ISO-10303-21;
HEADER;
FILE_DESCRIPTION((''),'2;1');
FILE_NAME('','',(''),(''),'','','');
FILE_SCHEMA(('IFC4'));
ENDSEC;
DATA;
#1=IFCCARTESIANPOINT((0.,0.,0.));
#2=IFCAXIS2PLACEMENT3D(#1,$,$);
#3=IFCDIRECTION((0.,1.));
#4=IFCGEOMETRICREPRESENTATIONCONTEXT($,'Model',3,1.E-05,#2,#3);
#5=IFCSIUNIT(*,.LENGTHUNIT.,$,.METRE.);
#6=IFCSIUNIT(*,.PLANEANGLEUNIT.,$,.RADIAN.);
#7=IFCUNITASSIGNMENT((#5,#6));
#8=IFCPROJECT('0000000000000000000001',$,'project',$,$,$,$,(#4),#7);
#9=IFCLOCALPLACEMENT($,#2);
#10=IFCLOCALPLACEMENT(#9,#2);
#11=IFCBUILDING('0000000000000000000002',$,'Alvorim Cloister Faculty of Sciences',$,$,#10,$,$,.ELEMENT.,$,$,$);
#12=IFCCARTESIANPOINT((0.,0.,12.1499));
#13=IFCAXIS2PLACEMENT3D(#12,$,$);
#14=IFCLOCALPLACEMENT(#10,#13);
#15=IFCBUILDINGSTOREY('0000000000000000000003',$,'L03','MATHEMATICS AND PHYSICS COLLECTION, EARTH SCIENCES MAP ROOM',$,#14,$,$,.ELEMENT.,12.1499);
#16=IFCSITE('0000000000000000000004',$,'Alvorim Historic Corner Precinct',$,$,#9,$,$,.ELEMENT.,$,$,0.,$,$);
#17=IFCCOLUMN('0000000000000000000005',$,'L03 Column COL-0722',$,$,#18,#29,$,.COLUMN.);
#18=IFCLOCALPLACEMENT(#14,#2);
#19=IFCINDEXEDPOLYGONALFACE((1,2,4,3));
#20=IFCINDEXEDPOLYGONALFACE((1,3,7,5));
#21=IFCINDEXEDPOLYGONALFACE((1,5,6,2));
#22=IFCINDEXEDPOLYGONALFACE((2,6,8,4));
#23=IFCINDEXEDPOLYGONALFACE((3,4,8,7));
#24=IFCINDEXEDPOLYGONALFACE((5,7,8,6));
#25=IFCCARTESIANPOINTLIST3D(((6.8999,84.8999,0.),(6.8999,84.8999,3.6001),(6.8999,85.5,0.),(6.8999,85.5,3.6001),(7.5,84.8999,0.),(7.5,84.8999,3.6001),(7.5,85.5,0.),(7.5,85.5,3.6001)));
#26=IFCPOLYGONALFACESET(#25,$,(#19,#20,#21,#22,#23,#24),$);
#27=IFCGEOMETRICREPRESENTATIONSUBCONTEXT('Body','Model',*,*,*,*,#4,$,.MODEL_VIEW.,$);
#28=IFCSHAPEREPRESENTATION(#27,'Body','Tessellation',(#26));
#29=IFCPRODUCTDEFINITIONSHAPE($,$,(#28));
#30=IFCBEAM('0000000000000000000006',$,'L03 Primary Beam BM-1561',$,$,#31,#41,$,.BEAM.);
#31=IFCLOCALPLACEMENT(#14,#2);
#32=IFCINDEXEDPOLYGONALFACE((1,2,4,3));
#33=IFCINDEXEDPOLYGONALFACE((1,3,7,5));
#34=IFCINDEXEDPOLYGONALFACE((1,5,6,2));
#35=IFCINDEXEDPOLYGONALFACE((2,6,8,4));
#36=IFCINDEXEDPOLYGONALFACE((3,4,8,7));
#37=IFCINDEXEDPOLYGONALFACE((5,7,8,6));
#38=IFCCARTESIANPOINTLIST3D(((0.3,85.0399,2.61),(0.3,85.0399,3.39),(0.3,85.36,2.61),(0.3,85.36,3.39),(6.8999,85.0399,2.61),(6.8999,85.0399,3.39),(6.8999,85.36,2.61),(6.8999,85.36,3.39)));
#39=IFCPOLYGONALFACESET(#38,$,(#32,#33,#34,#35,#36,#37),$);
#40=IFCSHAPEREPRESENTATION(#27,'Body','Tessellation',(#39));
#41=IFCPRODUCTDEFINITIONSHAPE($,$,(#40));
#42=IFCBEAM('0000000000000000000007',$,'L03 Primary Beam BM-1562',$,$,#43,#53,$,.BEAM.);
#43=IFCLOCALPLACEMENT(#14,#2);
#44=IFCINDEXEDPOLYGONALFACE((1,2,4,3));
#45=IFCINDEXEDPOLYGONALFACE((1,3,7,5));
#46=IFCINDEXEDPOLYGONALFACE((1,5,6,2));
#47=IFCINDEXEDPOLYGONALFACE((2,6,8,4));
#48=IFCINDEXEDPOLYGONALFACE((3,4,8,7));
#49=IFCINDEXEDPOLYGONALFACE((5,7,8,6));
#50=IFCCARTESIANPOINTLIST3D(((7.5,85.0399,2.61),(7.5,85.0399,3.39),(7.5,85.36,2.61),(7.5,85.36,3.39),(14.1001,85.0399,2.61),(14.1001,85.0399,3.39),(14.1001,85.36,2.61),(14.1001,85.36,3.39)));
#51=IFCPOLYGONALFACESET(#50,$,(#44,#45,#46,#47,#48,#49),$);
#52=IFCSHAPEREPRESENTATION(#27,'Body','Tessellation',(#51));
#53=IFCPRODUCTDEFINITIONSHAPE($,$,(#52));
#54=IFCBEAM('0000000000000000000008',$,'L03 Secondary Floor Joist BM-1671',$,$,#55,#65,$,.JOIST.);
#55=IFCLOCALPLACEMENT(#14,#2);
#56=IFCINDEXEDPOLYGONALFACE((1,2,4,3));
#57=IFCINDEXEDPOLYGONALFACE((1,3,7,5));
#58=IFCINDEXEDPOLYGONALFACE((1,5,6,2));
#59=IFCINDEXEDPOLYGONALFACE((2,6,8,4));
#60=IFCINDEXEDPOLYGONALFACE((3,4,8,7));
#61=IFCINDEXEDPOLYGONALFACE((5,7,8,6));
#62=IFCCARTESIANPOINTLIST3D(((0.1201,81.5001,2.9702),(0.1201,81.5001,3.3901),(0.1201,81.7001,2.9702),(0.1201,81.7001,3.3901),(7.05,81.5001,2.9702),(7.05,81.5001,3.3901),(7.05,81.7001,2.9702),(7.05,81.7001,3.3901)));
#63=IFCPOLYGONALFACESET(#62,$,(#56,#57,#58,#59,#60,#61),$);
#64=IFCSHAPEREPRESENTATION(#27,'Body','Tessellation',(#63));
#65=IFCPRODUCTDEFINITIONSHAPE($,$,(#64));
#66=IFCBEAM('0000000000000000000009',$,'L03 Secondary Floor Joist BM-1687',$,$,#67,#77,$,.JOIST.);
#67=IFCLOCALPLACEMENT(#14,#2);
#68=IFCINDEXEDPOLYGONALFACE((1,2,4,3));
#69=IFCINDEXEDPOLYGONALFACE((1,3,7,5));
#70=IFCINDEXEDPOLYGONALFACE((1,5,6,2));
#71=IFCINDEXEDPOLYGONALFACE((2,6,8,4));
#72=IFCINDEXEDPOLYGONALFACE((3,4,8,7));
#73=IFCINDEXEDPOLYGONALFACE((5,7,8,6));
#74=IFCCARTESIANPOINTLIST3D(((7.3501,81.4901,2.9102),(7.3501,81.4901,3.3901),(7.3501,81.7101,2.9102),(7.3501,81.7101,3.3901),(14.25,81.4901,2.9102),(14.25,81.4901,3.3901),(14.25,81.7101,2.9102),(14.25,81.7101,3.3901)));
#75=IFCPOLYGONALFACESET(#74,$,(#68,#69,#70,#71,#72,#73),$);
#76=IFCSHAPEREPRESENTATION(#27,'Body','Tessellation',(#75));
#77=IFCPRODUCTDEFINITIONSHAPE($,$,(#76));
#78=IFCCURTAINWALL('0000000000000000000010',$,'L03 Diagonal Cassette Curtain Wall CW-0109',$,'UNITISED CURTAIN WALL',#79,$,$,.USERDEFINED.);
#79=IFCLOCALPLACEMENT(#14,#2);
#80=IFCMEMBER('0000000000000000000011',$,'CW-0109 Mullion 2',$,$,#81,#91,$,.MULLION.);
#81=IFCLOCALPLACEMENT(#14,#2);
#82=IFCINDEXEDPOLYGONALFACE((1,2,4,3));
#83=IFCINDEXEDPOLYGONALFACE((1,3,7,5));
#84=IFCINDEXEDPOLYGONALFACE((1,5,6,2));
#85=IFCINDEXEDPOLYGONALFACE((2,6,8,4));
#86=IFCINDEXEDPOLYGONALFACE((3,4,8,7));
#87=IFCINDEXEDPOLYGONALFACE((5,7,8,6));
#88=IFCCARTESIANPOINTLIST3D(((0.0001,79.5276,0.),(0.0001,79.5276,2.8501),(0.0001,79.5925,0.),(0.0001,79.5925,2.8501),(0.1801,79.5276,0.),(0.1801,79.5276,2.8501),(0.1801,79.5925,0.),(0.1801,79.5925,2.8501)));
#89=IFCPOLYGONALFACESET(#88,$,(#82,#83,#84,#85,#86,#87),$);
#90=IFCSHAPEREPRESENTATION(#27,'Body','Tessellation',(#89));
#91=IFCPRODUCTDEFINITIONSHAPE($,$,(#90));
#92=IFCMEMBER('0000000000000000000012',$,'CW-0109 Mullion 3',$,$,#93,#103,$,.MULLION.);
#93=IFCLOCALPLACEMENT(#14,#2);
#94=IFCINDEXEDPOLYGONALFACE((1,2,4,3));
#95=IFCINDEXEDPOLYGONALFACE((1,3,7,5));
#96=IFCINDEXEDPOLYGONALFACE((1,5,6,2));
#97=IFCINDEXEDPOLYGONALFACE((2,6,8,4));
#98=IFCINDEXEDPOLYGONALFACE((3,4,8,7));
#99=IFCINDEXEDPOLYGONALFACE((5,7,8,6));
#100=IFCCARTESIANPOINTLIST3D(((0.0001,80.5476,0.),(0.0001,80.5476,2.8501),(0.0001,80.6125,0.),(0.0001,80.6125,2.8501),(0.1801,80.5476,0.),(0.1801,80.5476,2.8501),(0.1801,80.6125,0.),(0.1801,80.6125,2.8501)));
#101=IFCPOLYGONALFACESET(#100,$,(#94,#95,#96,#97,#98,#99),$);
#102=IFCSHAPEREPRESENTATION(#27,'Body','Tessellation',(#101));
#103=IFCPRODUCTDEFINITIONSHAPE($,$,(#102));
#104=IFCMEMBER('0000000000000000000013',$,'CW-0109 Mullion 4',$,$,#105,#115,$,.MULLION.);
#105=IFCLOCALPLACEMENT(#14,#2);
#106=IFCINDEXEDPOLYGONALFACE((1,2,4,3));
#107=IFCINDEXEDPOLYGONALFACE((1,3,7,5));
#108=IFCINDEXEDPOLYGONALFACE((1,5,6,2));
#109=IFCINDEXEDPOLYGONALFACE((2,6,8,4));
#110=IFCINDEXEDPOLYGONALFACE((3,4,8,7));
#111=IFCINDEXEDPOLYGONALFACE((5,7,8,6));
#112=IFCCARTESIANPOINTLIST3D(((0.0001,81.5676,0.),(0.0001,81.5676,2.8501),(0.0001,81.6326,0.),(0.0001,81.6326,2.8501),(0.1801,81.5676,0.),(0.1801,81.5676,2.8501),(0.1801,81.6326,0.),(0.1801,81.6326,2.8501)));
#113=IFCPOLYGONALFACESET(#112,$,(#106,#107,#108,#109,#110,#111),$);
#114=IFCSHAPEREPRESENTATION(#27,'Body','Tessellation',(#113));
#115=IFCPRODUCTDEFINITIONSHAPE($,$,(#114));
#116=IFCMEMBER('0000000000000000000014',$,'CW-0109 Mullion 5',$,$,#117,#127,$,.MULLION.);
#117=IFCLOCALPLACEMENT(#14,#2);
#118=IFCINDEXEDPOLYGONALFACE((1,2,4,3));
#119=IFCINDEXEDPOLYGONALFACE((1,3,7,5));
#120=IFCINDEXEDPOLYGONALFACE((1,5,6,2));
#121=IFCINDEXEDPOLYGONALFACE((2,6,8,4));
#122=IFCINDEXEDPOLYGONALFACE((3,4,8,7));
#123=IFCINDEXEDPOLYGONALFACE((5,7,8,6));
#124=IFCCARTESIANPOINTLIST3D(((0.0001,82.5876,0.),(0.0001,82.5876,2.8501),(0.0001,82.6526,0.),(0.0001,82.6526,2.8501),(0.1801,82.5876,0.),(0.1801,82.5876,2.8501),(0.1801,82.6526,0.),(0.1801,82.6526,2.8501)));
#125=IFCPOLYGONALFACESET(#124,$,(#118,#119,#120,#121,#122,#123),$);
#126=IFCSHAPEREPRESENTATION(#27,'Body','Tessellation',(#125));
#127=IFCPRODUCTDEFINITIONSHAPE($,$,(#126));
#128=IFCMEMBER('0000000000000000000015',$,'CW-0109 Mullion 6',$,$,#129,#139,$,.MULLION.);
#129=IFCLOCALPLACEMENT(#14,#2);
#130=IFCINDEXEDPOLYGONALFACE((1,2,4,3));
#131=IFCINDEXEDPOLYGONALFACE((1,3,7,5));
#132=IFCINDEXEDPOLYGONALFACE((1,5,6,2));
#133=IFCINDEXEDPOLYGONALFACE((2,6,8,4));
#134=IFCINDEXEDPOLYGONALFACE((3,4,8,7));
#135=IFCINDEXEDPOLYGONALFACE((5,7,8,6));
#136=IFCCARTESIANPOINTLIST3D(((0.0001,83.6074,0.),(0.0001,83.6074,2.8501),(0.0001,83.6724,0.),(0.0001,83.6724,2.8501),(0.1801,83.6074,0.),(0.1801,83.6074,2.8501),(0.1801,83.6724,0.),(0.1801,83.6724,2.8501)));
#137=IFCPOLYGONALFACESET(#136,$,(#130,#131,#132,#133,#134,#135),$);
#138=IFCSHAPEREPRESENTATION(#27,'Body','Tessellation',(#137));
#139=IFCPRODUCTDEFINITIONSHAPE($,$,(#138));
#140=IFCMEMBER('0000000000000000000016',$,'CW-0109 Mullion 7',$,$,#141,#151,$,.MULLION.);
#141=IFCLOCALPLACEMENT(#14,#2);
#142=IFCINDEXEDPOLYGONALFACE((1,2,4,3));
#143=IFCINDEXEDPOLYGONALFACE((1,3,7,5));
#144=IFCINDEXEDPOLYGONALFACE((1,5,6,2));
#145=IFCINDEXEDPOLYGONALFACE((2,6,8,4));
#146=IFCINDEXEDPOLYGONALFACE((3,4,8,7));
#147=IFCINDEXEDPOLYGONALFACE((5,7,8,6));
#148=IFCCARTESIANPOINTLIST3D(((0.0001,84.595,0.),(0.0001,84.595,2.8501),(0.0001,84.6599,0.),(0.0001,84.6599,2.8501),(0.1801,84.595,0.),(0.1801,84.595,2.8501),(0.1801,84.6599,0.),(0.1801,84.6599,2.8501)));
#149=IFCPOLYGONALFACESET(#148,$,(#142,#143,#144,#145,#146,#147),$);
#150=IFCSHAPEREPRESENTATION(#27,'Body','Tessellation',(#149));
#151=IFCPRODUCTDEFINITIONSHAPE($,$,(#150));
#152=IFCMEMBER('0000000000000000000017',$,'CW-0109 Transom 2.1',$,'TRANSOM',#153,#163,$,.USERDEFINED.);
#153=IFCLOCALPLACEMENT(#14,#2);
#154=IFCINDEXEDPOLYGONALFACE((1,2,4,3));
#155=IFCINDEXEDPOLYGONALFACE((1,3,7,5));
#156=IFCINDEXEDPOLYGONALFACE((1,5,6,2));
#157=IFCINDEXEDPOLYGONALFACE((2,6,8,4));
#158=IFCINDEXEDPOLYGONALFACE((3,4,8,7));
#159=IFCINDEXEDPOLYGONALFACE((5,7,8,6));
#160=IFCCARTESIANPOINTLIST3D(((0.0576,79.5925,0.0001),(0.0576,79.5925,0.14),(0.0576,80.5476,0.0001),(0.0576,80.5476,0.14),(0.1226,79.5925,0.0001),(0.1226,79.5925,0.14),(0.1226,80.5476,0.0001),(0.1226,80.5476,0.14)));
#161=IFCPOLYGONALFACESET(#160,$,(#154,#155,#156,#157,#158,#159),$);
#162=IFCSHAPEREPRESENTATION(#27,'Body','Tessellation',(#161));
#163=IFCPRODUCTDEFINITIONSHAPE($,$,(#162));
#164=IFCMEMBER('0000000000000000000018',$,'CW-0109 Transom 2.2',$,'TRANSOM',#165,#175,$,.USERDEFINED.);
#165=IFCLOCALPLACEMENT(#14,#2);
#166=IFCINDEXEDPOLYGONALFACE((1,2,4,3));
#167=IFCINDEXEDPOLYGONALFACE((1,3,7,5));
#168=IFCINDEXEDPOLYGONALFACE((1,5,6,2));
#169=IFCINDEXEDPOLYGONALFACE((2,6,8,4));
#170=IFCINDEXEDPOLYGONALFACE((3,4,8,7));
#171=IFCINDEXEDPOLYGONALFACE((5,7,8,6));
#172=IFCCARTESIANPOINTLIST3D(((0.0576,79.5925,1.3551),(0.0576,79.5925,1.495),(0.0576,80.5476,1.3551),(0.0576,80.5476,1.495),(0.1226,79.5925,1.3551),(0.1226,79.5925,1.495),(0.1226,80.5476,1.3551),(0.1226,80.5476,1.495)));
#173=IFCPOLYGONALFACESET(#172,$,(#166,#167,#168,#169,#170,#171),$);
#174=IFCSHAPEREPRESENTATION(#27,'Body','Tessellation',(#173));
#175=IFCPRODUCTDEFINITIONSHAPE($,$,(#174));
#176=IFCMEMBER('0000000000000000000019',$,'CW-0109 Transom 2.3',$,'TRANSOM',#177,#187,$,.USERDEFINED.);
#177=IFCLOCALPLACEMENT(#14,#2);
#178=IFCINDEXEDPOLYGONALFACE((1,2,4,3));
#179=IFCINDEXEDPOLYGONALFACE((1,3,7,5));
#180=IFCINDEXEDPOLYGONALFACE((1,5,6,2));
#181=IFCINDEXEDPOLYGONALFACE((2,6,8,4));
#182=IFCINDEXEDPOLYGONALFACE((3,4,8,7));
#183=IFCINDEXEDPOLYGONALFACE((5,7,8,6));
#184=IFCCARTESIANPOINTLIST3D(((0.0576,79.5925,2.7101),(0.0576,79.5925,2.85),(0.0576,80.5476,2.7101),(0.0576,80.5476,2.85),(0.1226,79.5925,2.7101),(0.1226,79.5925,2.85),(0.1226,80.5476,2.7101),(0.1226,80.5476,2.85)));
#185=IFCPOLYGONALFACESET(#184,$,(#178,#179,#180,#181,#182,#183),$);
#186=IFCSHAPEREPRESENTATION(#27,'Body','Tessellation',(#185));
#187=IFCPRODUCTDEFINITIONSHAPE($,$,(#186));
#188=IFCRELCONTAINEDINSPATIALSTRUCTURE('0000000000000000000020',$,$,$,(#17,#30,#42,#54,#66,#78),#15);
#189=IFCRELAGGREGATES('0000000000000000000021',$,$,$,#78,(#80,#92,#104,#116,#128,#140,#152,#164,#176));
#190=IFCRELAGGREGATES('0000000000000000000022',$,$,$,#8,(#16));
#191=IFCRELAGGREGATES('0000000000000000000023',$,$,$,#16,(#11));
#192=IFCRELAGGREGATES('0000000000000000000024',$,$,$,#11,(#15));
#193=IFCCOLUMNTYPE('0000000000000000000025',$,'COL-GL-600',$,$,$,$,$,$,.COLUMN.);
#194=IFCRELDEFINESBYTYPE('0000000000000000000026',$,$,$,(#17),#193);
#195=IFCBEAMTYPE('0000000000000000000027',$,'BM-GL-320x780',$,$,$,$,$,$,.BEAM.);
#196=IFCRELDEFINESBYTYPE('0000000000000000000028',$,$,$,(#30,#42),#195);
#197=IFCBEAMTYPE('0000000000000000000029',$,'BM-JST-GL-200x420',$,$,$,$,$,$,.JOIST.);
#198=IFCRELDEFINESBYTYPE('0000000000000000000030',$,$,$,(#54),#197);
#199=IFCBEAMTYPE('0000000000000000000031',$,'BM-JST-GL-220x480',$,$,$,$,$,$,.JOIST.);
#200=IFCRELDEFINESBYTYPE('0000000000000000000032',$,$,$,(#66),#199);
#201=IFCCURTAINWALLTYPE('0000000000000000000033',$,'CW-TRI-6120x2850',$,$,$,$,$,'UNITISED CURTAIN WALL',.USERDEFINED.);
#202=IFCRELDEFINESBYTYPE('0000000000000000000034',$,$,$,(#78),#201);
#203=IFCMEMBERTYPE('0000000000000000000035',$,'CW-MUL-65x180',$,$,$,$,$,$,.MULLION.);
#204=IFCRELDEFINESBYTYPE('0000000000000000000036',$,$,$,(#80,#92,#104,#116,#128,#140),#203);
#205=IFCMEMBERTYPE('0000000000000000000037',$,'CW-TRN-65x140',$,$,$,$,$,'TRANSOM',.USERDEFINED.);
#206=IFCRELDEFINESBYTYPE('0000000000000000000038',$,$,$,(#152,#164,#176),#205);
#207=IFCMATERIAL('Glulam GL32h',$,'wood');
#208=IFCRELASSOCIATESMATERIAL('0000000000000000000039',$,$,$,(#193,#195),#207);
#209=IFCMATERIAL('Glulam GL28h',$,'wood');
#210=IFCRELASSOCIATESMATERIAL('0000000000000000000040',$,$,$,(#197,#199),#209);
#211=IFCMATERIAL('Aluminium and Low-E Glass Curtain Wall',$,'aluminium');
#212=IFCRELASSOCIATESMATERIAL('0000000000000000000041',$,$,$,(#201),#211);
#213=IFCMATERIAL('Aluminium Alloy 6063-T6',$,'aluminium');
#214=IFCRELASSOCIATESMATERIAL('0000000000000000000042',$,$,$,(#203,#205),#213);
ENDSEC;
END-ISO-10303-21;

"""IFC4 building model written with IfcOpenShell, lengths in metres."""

from ifc_helpers import new_model, si_unit, direction, frame, origin, origin_2d, place, context, subcontext, project, spatial, rectangle, extrude, material, material_profile, profile_set, type_object, element, aggregate, save


model = new_model("IFC4")

# Units and contexts
model_context = context("Model", 3, precision=1e-05, world=origin(), true_north=direction((0.0, 1.0)))
body_context = subcontext(model_context, "Body", "Model", "MODEL_VIEW")
ifc_project = project(units=[si_unit("LENGTHUNIT", "METRE"), si_unit("PLANEANGLEUNIT", "RADIAN")], contexts=[model_context])

# Site, building, storey
site_placement = place(None, origin())
site = spatial("IfcSite", under=ifc_project, at=site_placement, Name="Alvorim Historic Corner Precinct", CompositionType="ELEMENT", RefElevation=0.0)
building_placement = place(site_placement, origin())
building = spatial("IfcBuilding", under=site, at=building_placement, Name="Alvorim Cloister Faculty of Sciences", CompositionType="ELEMENT")
storey_placement = place(building_placement, frame((0.0, 0.0, 12.1499)))
storey = spatial("IfcBuildingStorey", under=building, at=storey_placement, Name="L03", Description="MATHEMATICS AND PHYSICS COLLECTION, EARTH SCIENCES MAP ROOM", CompositionType="ELEMENT", Elevation=12.1499)

# Column
ifc_material_1 = material(Name="Glulam GL32h", Category="wood")
ifc_material_profile_1 = material_profile(ifc_material_1, rectangle(XDim=0.6001, YDim=0.6001, at=origin_2d()), Name="GL32-COL-600x600")
ifc_profile_set_1 = profile_set([ifc_material_profile_1], Name="Glulam GL32h")
column_type = type_object("IfcColumnType", Name="COL-GL-600", PredefinedType="COLUMN", material=ifc_profile_set_1)
column_placement = place(storey_placement, frame((7.2, 85.2, 0.0), z_axis=(0.0, 0.0, 1.0), x_axis=(1.0, 0.0, 0.0)))
element("IfcColumn", 1, at=column_placement, inside=storey, type_object=column_type, Name="L03 Column COL-0722", PredefinedType="COLUMN", context=body_context, shape_type="SweptSolid", body=[
    extrude(rectangle(XDim=0.6001, YDim=0.6001, at=origin_2d()), origin(), (0.0, 0.0, 1.0), 3.6001),
])

# Beams
ifc_material_profile_2 = material_profile(ifc_material_1, rectangle(XDim=0.3201, YDim=0.78, at=origin_2d()), Name="GL32-BM-320x780")
ifc_profile_set_2 = profile_set([ifc_material_profile_2], Name="Glulam GL32h")
beam_type_1 = type_object("IfcBeamType", Name="BM-GL-320x780", PredefinedType="BEAM", material=ifc_profile_set_2)
beam_1_placement = place(storey_placement, frame((0.3, 85.2, 3.0), z_axis=(1.0, 0.0, 0.0), x_axis=(0.0, 1.0, 0.0)))
element("IfcBeam", 2, at=beam_1_placement, inside=storey, type_object=beam_type_1, Name="L03 Primary Beam BM-1561", PredefinedType="BEAM", context=body_context, shape_type="SweptSolid", body=[
    extrude(rectangle(XDim=0.3201, YDim=0.78, at=origin_2d()), origin(), (0.0, 0.0, 1.0), 6.5999),
])
beam_2_placement = place(storey_placement, frame((7.5, 85.2, 3.0), z_axis=(1.0, 0.0, 0.0), x_axis=(0.0, 1.0, 0.0)))
element("IfcBeam", 3, at=beam_2_placement, inside=storey, type_object=beam_type_1, Name="L03 Primary Beam BM-1562", PredefinedType="BEAM", context=body_context, shape_type="SweptSolid", body=[
    extrude(rectangle(XDim=0.3201, YDim=0.78, at=origin_2d()), origin(), (0.0, 0.0, 1.0), 6.6001),
])
ifc_material_2 = material(Name="Glulam GL28h", Category="wood")
ifc_material_profile_3 = material_profile(ifc_material_2, rectangle(XDim=0.2, YDim=0.4199, at=origin_2d()), Name="GL28-JST-200x420")
ifc_profile_set_3 = profile_set([ifc_material_profile_3], Name="Glulam GL28h")
beam_type_2 = type_object("IfcBeamType", Name="BM-JST-GL-200x420", PredefinedType="JOIST", material=ifc_profile_set_3)
beam_3_placement = place(storey_placement, frame((0.1201, 81.6001, 3.1802), z_axis=(1.0, 0.0, 0.0), x_axis=(0.0, 1.0, 0.0)))
element("IfcBeam", 4, at=beam_3_placement, inside=storey, type_object=beam_type_2, Name="L03 Secondary Floor Joist BM-1671", PredefinedType="JOIST", context=body_context, shape_type="SweptSolid", body=[
    extrude(rectangle(XDim=0.2, YDim=0.4199, at=origin_2d()), origin(), (0.0, 0.0, 1.0), 6.9299),
])
ifc_material_profile_4 = material_profile(ifc_material_2, rectangle(XDim=0.22, YDim=0.48, at=origin_2d()), Name="GL28-JST-220x480")
ifc_profile_set_4 = profile_set([ifc_material_profile_4], Name="Glulam GL28h")
beam_type_3 = type_object("IfcBeamType", Name="BM-JST-GL-220x480", PredefinedType="JOIST", material=ifc_profile_set_4)
beam_4_placement = place(storey_placement, frame((7.3501, 81.6001, 3.1501), z_axis=(1.0, 0.0, 0.0), x_axis=(0.0, 1.0, 0.0)))
element("IfcBeam", 5, at=beam_4_placement, inside=storey, type_object=beam_type_3, Name="L03 Secondary Floor Joist BM-1687", PredefinedType="JOIST", context=body_context, shape_type="SweptSolid", body=[
    extrude(rectangle(XDim=0.22, YDim=0.48, at=origin_2d()), origin(), (0.0, 0.0, 1.0), 6.8999),
])

# Curtain wall, members
ifc_material_3 = material(Name="Aluminium and Low-E Glass Curtain Wall", Category="aluminium")
curtain_wall_type = type_object("IfcCurtainWallType", Name="CW-TRI-6120x2850", ElementType="UNITISED CURTAIN WALL", PredefinedType="USERDEFINED", material=ifc_material_3)
curtain_wall_placement = place(storey_placement, origin())
curtain_wall = element("IfcCurtainWall", 6, at=curtain_wall_placement, inside=storey, type_object=curtain_wall_type, Name="L03 Diagonal Cassette Curtain Wall CW-0109", ObjectType="UNITISED CURTAIN WALL", PredefinedType="USERDEFINED")
ifc_material_4 = material(Name="Aluminium Alloy 6063-T6", Category="aluminium")
ifc_material_profile_5 = material_profile(ifc_material_4, rectangle(XDim=0.0649, YDim=0.1799, at=origin_2d()), Name="ALU-MUL-65x180")
ifc_profile_set_5 = profile_set([ifc_material_profile_5], Name="Aluminium Alloy 6063-T6")
member_type_1 = type_object("IfcMemberType", Name="CW-MUL-65x180", PredefinedType="MULLION", material=ifc_profile_set_5)
member_1_placement = place(storey_placement, frame((0.0901, 79.5601, 0.0), z_axis=(0.0, 0.0, 1.0), x_axis=(0.0, 1.0, 0.0)))
member_1 = element("IfcMember", 7, at=member_1_placement, type_object=member_type_1, Name="CW-0109 Mullion 2", PredefinedType="MULLION", context=body_context, shape_type="SweptSolid", body=[
    extrude(rectangle(XDim=0.0649, YDim=0.1799, at=origin_2d()), origin(), (0.0, 0.0, 1.0), 2.8501),
])
member_2_placement = place(storey_placement, frame((0.0901, 80.5801, 0.0), z_axis=(0.0, 0.0, 1.0), x_axis=(0.0, 1.0, 0.0)))
member_2 = element("IfcMember", 8, at=member_2_placement, type_object=member_type_1, Name="CW-0109 Mullion 3", PredefinedType="MULLION", context=body_context, shape_type="SweptSolid", body=[
    extrude(rectangle(XDim=0.0649, YDim=0.1799, at=origin_2d()), origin(), (0.0, 0.0, 1.0), 2.8501),
])
member_3_placement = place(storey_placement, frame((0.0901, 81.6001, 0.0), z_axis=(0.0, 0.0, 1.0), x_axis=(0.0, 1.0, 0.0)))
member_3 = element("IfcMember", 9, at=member_3_placement, type_object=member_type_1, Name="CW-0109 Mullion 4", PredefinedType="MULLION", context=body_context, shape_type="SweptSolid", body=[
    extrude(rectangle(XDim=0.0649, YDim=0.1799, at=origin_2d()), origin(), (0.0, 0.0, 1.0), 2.8501),
])
member_4_placement = place(storey_placement, frame((0.0901, 82.6201, 0.0), z_axis=(0.0, 0.0, 1.0), x_axis=(0.0, 1.0, 0.0)))
member_4 = element("IfcMember", 10, at=member_4_placement, type_object=member_type_1, Name="CW-0109 Mullion 5", PredefinedType="MULLION", context=body_context, shape_type="SweptSolid", body=[
    extrude(rectangle(XDim=0.0649, YDim=0.1799, at=origin_2d()), origin(), (0.0, 0.0, 1.0), 2.8501),
])
member_5_placement = place(storey_placement, frame((0.0901, 83.6399, 0.0), z_axis=(0.0, 0.0, 1.0), x_axis=(0.0, 1.0, 0.0)))
member_5 = element("IfcMember", 11, at=member_5_placement, type_object=member_type_1, Name="CW-0109 Mullion 6", PredefinedType="MULLION", context=body_context, shape_type="SweptSolid", body=[
    extrude(rectangle(XDim=0.0649, YDim=0.1799, at=origin_2d()), origin(), (0.0, 0.0, 1.0), 2.8501),
])
member_6_placement = place(storey_placement, frame((0.0901, 84.6274, 0.0), z_axis=(0.0, 0.0, 1.0), x_axis=(0.0, 1.0, 0.0)))
member_6 = element("IfcMember", 12, at=member_6_placement, type_object=member_type_1, Name="CW-0109 Mullion 7", PredefinedType="MULLION", context=body_context, shape_type="SweptSolid", body=[
    extrude(rectangle(XDim=0.0649, YDim=0.1799, at=origin_2d()), origin(), (0.0, 0.0, 1.0), 2.8501),
])
ifc_material_profile_6 = material_profile(ifc_material_4, rectangle(XDim=0.0649, YDim=0.1399, at=origin_2d()), Name="ALU-TRN-65x140")
ifc_profile_set_6 = profile_set([ifc_material_profile_6], Name="Aluminium Alloy 6063-T6")
member_type_2 = type_object("IfcMemberType", Name="CW-TRN-65x140", ElementType="TRANSOM", PredefinedType="USERDEFINED", material=ifc_profile_set_6)
member_7_placement = place(storey_placement, frame((0.0901, 79.5925, 0.0701), z_axis=(0.0, 1.0, 0.0), x_axis=(-1.0, 0.0, 0.0)))
member_7 = element("IfcMember", 13, at=member_7_placement, type_object=member_type_2, Name="CW-0109 Transom 2.1", ObjectType="TRANSOM", PredefinedType="USERDEFINED", context=body_context, shape_type="SweptSolid", body=[
    extrude(rectangle(XDim=0.0649, YDim=0.1399, at=origin_2d()), origin(), (0.0, 0.0, 1.0), 0.9551),
])
member_8_placement = place(storey_placement, frame((0.0901, 79.5925, 1.425), z_axis=(0.0, 1.0, 0.0), x_axis=(-1.0, 0.0, 0.0)))
member_8 = element("IfcMember", 14, at=member_8_placement, type_object=member_type_2, Name="CW-0109 Transom 2.2", ObjectType="TRANSOM", PredefinedType="USERDEFINED", context=body_context, shape_type="SweptSolid", body=[
    extrude(rectangle(XDim=0.0649, YDim=0.1399, at=origin_2d()), origin(), (0.0, 0.0, 1.0), 0.9551),
])
member_9_placement = place(storey_placement, frame((0.0901, 79.5925, 2.78), z_axis=(0.0, 1.0, 0.0), x_axis=(-1.0, 0.0, 0.0)))
member_9 = element("IfcMember", 15, at=member_9_placement, type_object=member_type_2, Name="CW-0109 Transom 2.3", ObjectType="TRANSOM", PredefinedType="USERDEFINED", context=body_context, shape_type="SweptSolid", body=[
    extrude(rectangle(XDim=0.0649, YDim=0.1399, at=origin_2d()), origin(), (0.0, 0.0, 1.0), 0.9551),
])
aggregate(curtain_wall, [member_1, member_2, member_3, member_4, member_5, member_6, member_7, member_8, member_9])

save(model, "model.ifc")
